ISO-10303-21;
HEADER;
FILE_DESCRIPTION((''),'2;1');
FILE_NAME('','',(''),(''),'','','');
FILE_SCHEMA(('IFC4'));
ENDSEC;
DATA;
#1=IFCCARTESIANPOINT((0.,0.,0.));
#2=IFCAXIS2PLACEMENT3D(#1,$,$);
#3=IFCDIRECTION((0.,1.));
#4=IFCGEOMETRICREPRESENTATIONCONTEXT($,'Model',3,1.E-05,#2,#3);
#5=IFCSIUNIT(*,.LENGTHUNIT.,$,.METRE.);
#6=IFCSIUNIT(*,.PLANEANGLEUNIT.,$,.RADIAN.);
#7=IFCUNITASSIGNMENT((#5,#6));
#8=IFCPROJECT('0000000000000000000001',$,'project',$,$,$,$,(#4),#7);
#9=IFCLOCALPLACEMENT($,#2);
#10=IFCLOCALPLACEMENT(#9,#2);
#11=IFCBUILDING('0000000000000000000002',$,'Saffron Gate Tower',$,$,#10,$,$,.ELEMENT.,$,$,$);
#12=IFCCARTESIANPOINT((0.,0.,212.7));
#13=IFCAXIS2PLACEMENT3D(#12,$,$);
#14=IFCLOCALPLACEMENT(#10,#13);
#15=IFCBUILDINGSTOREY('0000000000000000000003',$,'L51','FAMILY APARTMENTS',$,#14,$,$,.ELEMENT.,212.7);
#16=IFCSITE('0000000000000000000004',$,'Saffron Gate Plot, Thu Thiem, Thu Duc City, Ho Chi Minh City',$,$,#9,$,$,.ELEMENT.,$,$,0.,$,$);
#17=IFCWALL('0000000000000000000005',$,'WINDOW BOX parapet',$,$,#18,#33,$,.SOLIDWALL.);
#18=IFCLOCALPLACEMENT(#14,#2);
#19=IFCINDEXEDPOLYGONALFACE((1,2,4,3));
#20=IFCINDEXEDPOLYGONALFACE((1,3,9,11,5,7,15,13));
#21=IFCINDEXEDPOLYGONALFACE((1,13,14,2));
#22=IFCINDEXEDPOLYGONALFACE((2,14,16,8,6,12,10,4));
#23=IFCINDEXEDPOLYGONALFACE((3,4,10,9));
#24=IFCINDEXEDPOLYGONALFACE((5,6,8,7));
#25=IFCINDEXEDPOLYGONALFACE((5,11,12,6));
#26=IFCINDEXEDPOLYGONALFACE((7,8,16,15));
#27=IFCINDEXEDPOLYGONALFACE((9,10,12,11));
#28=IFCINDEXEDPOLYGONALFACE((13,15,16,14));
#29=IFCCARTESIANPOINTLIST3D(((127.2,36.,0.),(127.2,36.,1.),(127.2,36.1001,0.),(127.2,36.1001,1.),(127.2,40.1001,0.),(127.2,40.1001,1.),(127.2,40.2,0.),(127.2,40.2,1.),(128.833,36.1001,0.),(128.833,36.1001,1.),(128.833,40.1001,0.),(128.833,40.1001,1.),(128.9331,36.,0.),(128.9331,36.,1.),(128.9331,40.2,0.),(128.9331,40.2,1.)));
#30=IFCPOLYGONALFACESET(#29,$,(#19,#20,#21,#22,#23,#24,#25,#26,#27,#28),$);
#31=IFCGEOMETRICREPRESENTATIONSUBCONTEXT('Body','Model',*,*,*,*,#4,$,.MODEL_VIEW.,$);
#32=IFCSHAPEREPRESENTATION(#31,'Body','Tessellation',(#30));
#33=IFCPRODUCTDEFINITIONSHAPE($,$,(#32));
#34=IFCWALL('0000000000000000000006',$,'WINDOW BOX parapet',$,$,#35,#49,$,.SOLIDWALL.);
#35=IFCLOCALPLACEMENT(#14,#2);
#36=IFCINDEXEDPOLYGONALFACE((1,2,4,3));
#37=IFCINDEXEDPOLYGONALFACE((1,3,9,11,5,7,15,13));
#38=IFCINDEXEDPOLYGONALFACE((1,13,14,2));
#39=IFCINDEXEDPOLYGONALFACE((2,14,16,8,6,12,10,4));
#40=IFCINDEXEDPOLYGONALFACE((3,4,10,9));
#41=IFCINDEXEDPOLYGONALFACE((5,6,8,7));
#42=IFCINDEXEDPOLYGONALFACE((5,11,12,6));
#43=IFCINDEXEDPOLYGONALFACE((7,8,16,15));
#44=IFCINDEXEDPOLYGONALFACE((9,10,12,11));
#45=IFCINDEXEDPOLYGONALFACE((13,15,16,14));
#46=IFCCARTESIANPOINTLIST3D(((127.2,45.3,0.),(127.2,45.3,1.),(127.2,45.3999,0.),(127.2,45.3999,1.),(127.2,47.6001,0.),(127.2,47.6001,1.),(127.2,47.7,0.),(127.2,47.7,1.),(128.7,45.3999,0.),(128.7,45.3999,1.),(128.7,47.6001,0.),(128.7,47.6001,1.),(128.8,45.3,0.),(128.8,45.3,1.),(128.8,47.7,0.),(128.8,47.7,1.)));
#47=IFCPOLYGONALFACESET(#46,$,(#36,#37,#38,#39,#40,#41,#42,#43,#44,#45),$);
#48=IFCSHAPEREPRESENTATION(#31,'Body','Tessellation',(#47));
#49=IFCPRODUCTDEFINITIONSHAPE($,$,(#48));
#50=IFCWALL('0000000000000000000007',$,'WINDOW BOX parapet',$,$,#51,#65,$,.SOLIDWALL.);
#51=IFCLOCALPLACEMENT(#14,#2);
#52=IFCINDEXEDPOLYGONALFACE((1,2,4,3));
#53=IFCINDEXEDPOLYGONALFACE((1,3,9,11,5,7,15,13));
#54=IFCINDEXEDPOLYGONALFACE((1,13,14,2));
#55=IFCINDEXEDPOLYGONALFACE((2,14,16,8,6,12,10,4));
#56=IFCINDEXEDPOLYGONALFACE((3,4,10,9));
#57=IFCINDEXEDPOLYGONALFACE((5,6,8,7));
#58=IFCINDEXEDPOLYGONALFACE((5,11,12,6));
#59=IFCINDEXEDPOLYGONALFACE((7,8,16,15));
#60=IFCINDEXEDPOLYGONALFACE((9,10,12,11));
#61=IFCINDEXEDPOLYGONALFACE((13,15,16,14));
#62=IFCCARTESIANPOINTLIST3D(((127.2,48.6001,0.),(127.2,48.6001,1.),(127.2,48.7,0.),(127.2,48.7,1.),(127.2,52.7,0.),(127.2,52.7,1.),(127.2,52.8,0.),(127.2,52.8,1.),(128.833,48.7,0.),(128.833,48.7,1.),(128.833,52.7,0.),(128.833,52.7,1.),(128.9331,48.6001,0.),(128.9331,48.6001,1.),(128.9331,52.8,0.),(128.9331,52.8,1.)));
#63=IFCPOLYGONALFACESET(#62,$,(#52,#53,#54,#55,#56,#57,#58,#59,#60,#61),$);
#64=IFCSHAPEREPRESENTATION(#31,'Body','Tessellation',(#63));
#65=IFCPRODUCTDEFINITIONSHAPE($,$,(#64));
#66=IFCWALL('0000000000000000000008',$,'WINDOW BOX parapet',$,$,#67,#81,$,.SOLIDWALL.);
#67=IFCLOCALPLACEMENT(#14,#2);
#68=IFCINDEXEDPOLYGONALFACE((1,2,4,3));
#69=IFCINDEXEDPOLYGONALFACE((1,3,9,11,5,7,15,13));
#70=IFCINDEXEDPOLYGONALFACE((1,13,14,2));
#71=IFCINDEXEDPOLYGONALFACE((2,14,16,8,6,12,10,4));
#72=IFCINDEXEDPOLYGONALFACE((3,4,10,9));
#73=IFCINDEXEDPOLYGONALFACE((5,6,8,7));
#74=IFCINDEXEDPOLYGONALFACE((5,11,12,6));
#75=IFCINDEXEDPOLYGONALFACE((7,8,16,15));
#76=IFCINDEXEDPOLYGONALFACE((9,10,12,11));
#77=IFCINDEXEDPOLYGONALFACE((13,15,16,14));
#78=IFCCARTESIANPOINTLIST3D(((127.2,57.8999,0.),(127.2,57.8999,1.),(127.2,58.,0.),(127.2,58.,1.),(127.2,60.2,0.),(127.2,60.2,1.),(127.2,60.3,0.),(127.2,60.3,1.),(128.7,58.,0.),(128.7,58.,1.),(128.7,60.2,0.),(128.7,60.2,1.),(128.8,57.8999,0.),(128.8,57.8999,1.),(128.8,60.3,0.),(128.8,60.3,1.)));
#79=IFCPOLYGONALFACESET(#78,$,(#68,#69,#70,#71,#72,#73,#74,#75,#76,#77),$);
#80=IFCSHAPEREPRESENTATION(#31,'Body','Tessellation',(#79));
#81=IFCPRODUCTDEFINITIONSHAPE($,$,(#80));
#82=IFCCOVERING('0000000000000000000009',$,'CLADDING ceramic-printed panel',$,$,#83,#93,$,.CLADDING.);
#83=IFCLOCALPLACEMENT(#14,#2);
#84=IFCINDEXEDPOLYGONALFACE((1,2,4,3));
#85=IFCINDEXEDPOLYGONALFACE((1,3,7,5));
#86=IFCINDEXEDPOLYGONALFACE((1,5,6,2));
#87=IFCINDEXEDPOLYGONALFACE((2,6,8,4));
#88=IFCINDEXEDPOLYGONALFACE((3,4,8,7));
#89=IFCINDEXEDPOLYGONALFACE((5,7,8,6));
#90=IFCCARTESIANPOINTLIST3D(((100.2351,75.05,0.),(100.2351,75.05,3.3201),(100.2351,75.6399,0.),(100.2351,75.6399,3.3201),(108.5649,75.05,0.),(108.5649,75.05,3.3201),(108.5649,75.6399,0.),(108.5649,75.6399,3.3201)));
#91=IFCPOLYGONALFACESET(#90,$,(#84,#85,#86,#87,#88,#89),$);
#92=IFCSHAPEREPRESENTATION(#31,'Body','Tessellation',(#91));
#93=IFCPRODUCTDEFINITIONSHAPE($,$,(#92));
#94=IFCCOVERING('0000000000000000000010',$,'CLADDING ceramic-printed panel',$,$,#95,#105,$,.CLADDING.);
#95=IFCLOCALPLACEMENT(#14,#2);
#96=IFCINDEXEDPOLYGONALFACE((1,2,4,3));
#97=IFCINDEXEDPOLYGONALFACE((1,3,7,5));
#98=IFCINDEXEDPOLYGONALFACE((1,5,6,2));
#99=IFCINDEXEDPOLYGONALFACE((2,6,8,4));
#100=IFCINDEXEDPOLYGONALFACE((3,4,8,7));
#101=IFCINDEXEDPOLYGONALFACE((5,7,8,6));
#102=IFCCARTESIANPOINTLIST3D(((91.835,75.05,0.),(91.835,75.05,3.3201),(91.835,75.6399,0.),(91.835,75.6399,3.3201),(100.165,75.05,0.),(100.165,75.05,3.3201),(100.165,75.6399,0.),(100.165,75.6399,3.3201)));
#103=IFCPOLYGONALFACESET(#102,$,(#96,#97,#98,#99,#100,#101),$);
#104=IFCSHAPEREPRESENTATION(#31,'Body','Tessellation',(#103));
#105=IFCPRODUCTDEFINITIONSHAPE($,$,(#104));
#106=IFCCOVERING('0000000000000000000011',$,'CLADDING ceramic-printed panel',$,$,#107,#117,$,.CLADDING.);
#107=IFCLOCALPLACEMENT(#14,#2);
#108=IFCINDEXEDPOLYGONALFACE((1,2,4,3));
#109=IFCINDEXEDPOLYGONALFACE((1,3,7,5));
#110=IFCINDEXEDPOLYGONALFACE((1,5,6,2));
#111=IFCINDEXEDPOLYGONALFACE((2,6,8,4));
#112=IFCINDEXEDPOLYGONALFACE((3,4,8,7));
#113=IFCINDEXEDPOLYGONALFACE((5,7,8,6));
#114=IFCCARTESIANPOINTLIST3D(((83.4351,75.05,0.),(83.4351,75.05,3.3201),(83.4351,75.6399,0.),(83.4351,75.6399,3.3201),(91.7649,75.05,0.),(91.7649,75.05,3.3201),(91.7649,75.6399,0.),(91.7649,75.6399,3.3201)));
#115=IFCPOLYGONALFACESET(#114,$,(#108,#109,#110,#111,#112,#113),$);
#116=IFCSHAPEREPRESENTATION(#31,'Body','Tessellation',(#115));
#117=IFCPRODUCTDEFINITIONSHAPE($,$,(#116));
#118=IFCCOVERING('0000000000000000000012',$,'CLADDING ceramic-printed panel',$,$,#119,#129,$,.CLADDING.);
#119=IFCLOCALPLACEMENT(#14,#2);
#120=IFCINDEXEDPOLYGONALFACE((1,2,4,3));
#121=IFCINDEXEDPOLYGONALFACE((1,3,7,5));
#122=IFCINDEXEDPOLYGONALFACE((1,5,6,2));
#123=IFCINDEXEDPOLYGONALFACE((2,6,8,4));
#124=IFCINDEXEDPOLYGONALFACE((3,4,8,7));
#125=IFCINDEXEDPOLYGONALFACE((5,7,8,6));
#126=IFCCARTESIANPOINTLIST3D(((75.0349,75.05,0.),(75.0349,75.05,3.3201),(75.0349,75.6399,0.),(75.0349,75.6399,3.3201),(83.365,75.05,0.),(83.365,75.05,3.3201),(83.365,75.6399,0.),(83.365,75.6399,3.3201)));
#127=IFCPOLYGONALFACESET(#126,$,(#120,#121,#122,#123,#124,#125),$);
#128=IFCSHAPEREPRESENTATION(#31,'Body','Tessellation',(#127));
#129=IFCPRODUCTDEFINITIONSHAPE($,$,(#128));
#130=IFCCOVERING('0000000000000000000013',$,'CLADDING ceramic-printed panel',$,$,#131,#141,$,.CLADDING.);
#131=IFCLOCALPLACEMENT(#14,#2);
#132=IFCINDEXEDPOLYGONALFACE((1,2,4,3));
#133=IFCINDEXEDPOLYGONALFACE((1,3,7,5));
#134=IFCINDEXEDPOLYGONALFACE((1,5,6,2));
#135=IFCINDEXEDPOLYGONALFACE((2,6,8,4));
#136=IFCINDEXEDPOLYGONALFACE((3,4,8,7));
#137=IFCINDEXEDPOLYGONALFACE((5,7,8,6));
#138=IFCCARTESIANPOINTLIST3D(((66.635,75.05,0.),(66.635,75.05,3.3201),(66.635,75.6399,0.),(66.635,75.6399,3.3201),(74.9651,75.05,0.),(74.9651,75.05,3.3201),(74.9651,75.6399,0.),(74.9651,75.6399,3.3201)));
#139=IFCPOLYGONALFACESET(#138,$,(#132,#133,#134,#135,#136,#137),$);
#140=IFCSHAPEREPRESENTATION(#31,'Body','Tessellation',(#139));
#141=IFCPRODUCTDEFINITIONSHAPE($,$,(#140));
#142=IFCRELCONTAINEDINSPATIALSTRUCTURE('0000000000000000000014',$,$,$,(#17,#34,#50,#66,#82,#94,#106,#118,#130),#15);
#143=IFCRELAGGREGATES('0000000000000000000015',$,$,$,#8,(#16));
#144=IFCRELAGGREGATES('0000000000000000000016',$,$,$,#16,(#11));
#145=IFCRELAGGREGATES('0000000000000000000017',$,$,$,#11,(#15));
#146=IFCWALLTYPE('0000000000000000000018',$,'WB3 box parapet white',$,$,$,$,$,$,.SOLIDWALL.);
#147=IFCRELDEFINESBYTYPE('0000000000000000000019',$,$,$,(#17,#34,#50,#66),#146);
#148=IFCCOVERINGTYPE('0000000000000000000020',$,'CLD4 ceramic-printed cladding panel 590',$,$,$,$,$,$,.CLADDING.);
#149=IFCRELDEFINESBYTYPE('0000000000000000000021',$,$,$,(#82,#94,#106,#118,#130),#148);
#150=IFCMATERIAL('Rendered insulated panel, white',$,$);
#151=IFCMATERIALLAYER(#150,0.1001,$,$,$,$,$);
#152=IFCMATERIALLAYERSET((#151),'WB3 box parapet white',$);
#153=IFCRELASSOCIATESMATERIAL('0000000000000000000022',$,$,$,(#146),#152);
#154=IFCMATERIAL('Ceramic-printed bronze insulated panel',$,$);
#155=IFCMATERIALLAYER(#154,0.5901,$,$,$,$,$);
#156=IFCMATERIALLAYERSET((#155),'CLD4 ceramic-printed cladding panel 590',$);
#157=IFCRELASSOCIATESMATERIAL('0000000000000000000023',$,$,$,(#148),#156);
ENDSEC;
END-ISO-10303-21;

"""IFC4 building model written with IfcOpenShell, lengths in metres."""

from ifc_helpers import new_model, si_unit, direction, frame, origin, place, context, subcontext, project, spatial, polyline, outline, extrude, material, layer, layer_set, type_object, element, save


model = new_model("IFC4")

# Units and contexts
model_context = context("Model", 3, precision=1e-05, world=origin(), true_north=direction((0.0, 1.0)))
body_context = subcontext(model_context, "Body", "Model", "MODEL_VIEW")
ifc_project = project(units=[si_unit("LENGTHUNIT", "METRE"), si_unit("PLANEANGLEUNIT", "RADIAN")], contexts=[model_context])

# Site, building, storey
site_placement = place(None, origin())
site = spatial("IfcSite", under=ifc_project, at=site_placement, Name="Saffron Gate Plot, Thu Thiem, Thu Duc City, Ho Chi Minh City", CompositionType="ELEMENT", RefElevation=0.0)
building_placement = place(site_placement, origin())
building = spatial("IfcBuilding", under=site, at=building_placement, Name="Saffron Gate Tower", CompositionType="ELEMENT")
storey_placement = place(building_placement, frame((0.0, 0.0, 212.7)))
storey = spatial("IfcBuildingStorey", under=building, at=storey_placement, Name="L51", Description="FAMILY APARTMENTS", CompositionType="ELEMENT", Elevation=212.7)

# Walls
ifc_material_1 = material(Name="Rendered insulated panel, white")
ifc_layer_1 = layer(ifc_material_1, 0.1001)
ifc_layer_set_1 = layer_set([ifc_layer_1], Name="WB3 box parapet white")
wall_type = type_object("IfcWallType", Name="WB3 box parapet white", PredefinedType="SOLIDWALL", material=ifc_layer_set_1)
wall_1_placement = place(storey_placement, origin())
element("IfcWall", 1, at=wall_1_placement, inside=storey, type_object=wall_type, Name="WINDOW BOX parapet", PredefinedType="SOLIDWALL", context=body_context, shape_type="SweptSolid", body=[
    extrude(outline(polyline([(127.2, 36.0), (127.2, 36.1001), (128.833, 36.1001), (128.833, 40.1001), (127.2, 40.1001), (127.2, 40.2), (128.9331, 40.2), (128.9331, 36.0), (127.2, 36.0)])), origin(), (0.0, 0.0, 1.0), 1.0),
])
wall_2_placement = place(storey_placement, origin())
element("IfcWall", 2, at=wall_2_placement, inside=storey, type_object=wall_type, Name="WINDOW BOX parapet", PredefinedType="SOLIDWALL", context=body_context, shape_type="SweptSolid", body=[
    extrude(outline(polyline([(127.2, 45.3), (127.2, 45.3999), (128.7, 45.3999), (128.7, 47.6001), (127.2, 47.6001), (127.2, 47.7), (128.8, 47.7), (128.8, 45.3), (127.2, 45.3)])), origin(), (0.0, 0.0, 1.0), 1.0),
])
wall_3_placement = place(storey_placement, origin())
element("IfcWall", 3, at=wall_3_placement, inside=storey, type_object=wall_type, Name="WINDOW BOX parapet", PredefinedType="SOLIDWALL", context=body_context, shape_type="SweptSolid", body=[
    extrude(outline(polyline([(127.2, 48.6001), (127.2, 48.7), (128.833, 48.7), (128.833, 52.7), (127.2, 52.7), (127.2, 52.8), (128.9331, 52.8), (128.9331, 48.6001), (127.2, 48.6001)])), origin(), (0.0, 0.0, 1.0), 1.0),
])
wall_4_placement = place(storey_placement, origin())
element("IfcWall", 4, at=wall_4_placement, inside=storey, type_object=wall_type, Name="WINDOW BOX parapet", PredefinedType="SOLIDWALL", context=body_context, shape_type="SweptSolid", body=[
    extrude(outline(polyline([(127.2, 57.8999), (127.2, 58.0), (128.7, 58.0), (128.7, 60.2), (127.2, 60.2), (127.2, 60.3), (128.8, 60.3), (128.8, 57.8999), (127.2, 57.8999)])), origin(), (0.0, 0.0, 1.0), 1.0),
])

# Coverings
ifc_material_2 = material(Name="Ceramic-printed bronze insulated panel")
ifc_layer_2 = layer(ifc_material_2, 0.5901)
ifc_layer_set_2 = layer_set([ifc_layer_2], Name="CLD4 ceramic-printed cladding panel 590")
covering_type = type_object("IfcCoveringType", Name="CLD4 ceramic-printed cladding panel 590", PredefinedType="CLADDING", material=ifc_layer_set_2)
covering_1_placement = place(storey_placement, origin())
element("IfcCovering", 5, at=covering_1_placement, inside=storey, type_object=covering_type, Name="CLADDING ceramic-printed panel", PredefinedType="CLADDING", context=body_context, shape_type="SweptSolid", body=[
    extrude(outline(polyline([(108.5649, 75.6399), (100.2351, 75.6399), (100.2351, 75.05), (108.5649, 75.05), (108.5649, 75.6399)])), origin(), (0.0, 0.0, 1.0), 3.3201),
])
covering_2_placement = place(storey_placement, origin())
element("IfcCovering", 6, at=covering_2_placement, inside=storey, type_object=covering_type, Name="CLADDING ceramic-printed panel", PredefinedType="CLADDING", context=body_context, shape_type="SweptSolid", body=[
    extrude(outline(polyline([(100.165, 75.6399), (91.835, 75.6399), (91.835, 75.05), (100.165, 75.05), (100.165, 75.6399)])), origin(), (0.0, 0.0, 1.0), 3.3201),
])
covering_3_placement = place(storey_placement, origin())
element("IfcCovering", 7, at=covering_3_placement, inside=storey, type_object=covering_type, Name="CLADDING ceramic-printed panel", PredefinedType="CLADDING", context=body_context, shape_type="SweptSolid", body=[
    extrude(outline(polyline([(91.7649, 75.6399), (83.4351, 75.6399), (83.4351, 75.05), (91.7649, 75.05), (91.7649, 75.6399)])), origin(), (0.0, 0.0, 1.0), 3.3201),
])
covering_4_placement = place(storey_placement, origin())
element("IfcCovering", 8, at=covering_4_placement, inside=storey, type_object=covering_type, Name="CLADDING ceramic-printed panel", PredefinedType="CLADDING", context=body_context, shape_type="SweptSolid", body=[
    extrude(outline(polyline([(83.365, 75.6399), (75.0349, 75.6399), (75.0349, 75.05), (83.365, 75.05), (83.365, 75.6399)])), origin(), (0.0, 0.0, 1.0), 3.3201),
])
covering_5_placement = place(storey_placement, origin())
element("IfcCovering", 9, at=covering_5_placement, inside=storey, type_object=covering_type, Name="CLADDING ceramic-printed panel", PredefinedType="CLADDING", context=body_context, shape_type="SweptSolid", body=[
    extrude(outline(polyline([(74.9651, 75.6399), (66.635, 75.6399), (66.635, 75.05), (74.9651, 75.05), (74.9651, 75.6399)])), origin(), (0.0, 0.0, 1.0), 3.3201),
])

save(model, "model.ifc")
